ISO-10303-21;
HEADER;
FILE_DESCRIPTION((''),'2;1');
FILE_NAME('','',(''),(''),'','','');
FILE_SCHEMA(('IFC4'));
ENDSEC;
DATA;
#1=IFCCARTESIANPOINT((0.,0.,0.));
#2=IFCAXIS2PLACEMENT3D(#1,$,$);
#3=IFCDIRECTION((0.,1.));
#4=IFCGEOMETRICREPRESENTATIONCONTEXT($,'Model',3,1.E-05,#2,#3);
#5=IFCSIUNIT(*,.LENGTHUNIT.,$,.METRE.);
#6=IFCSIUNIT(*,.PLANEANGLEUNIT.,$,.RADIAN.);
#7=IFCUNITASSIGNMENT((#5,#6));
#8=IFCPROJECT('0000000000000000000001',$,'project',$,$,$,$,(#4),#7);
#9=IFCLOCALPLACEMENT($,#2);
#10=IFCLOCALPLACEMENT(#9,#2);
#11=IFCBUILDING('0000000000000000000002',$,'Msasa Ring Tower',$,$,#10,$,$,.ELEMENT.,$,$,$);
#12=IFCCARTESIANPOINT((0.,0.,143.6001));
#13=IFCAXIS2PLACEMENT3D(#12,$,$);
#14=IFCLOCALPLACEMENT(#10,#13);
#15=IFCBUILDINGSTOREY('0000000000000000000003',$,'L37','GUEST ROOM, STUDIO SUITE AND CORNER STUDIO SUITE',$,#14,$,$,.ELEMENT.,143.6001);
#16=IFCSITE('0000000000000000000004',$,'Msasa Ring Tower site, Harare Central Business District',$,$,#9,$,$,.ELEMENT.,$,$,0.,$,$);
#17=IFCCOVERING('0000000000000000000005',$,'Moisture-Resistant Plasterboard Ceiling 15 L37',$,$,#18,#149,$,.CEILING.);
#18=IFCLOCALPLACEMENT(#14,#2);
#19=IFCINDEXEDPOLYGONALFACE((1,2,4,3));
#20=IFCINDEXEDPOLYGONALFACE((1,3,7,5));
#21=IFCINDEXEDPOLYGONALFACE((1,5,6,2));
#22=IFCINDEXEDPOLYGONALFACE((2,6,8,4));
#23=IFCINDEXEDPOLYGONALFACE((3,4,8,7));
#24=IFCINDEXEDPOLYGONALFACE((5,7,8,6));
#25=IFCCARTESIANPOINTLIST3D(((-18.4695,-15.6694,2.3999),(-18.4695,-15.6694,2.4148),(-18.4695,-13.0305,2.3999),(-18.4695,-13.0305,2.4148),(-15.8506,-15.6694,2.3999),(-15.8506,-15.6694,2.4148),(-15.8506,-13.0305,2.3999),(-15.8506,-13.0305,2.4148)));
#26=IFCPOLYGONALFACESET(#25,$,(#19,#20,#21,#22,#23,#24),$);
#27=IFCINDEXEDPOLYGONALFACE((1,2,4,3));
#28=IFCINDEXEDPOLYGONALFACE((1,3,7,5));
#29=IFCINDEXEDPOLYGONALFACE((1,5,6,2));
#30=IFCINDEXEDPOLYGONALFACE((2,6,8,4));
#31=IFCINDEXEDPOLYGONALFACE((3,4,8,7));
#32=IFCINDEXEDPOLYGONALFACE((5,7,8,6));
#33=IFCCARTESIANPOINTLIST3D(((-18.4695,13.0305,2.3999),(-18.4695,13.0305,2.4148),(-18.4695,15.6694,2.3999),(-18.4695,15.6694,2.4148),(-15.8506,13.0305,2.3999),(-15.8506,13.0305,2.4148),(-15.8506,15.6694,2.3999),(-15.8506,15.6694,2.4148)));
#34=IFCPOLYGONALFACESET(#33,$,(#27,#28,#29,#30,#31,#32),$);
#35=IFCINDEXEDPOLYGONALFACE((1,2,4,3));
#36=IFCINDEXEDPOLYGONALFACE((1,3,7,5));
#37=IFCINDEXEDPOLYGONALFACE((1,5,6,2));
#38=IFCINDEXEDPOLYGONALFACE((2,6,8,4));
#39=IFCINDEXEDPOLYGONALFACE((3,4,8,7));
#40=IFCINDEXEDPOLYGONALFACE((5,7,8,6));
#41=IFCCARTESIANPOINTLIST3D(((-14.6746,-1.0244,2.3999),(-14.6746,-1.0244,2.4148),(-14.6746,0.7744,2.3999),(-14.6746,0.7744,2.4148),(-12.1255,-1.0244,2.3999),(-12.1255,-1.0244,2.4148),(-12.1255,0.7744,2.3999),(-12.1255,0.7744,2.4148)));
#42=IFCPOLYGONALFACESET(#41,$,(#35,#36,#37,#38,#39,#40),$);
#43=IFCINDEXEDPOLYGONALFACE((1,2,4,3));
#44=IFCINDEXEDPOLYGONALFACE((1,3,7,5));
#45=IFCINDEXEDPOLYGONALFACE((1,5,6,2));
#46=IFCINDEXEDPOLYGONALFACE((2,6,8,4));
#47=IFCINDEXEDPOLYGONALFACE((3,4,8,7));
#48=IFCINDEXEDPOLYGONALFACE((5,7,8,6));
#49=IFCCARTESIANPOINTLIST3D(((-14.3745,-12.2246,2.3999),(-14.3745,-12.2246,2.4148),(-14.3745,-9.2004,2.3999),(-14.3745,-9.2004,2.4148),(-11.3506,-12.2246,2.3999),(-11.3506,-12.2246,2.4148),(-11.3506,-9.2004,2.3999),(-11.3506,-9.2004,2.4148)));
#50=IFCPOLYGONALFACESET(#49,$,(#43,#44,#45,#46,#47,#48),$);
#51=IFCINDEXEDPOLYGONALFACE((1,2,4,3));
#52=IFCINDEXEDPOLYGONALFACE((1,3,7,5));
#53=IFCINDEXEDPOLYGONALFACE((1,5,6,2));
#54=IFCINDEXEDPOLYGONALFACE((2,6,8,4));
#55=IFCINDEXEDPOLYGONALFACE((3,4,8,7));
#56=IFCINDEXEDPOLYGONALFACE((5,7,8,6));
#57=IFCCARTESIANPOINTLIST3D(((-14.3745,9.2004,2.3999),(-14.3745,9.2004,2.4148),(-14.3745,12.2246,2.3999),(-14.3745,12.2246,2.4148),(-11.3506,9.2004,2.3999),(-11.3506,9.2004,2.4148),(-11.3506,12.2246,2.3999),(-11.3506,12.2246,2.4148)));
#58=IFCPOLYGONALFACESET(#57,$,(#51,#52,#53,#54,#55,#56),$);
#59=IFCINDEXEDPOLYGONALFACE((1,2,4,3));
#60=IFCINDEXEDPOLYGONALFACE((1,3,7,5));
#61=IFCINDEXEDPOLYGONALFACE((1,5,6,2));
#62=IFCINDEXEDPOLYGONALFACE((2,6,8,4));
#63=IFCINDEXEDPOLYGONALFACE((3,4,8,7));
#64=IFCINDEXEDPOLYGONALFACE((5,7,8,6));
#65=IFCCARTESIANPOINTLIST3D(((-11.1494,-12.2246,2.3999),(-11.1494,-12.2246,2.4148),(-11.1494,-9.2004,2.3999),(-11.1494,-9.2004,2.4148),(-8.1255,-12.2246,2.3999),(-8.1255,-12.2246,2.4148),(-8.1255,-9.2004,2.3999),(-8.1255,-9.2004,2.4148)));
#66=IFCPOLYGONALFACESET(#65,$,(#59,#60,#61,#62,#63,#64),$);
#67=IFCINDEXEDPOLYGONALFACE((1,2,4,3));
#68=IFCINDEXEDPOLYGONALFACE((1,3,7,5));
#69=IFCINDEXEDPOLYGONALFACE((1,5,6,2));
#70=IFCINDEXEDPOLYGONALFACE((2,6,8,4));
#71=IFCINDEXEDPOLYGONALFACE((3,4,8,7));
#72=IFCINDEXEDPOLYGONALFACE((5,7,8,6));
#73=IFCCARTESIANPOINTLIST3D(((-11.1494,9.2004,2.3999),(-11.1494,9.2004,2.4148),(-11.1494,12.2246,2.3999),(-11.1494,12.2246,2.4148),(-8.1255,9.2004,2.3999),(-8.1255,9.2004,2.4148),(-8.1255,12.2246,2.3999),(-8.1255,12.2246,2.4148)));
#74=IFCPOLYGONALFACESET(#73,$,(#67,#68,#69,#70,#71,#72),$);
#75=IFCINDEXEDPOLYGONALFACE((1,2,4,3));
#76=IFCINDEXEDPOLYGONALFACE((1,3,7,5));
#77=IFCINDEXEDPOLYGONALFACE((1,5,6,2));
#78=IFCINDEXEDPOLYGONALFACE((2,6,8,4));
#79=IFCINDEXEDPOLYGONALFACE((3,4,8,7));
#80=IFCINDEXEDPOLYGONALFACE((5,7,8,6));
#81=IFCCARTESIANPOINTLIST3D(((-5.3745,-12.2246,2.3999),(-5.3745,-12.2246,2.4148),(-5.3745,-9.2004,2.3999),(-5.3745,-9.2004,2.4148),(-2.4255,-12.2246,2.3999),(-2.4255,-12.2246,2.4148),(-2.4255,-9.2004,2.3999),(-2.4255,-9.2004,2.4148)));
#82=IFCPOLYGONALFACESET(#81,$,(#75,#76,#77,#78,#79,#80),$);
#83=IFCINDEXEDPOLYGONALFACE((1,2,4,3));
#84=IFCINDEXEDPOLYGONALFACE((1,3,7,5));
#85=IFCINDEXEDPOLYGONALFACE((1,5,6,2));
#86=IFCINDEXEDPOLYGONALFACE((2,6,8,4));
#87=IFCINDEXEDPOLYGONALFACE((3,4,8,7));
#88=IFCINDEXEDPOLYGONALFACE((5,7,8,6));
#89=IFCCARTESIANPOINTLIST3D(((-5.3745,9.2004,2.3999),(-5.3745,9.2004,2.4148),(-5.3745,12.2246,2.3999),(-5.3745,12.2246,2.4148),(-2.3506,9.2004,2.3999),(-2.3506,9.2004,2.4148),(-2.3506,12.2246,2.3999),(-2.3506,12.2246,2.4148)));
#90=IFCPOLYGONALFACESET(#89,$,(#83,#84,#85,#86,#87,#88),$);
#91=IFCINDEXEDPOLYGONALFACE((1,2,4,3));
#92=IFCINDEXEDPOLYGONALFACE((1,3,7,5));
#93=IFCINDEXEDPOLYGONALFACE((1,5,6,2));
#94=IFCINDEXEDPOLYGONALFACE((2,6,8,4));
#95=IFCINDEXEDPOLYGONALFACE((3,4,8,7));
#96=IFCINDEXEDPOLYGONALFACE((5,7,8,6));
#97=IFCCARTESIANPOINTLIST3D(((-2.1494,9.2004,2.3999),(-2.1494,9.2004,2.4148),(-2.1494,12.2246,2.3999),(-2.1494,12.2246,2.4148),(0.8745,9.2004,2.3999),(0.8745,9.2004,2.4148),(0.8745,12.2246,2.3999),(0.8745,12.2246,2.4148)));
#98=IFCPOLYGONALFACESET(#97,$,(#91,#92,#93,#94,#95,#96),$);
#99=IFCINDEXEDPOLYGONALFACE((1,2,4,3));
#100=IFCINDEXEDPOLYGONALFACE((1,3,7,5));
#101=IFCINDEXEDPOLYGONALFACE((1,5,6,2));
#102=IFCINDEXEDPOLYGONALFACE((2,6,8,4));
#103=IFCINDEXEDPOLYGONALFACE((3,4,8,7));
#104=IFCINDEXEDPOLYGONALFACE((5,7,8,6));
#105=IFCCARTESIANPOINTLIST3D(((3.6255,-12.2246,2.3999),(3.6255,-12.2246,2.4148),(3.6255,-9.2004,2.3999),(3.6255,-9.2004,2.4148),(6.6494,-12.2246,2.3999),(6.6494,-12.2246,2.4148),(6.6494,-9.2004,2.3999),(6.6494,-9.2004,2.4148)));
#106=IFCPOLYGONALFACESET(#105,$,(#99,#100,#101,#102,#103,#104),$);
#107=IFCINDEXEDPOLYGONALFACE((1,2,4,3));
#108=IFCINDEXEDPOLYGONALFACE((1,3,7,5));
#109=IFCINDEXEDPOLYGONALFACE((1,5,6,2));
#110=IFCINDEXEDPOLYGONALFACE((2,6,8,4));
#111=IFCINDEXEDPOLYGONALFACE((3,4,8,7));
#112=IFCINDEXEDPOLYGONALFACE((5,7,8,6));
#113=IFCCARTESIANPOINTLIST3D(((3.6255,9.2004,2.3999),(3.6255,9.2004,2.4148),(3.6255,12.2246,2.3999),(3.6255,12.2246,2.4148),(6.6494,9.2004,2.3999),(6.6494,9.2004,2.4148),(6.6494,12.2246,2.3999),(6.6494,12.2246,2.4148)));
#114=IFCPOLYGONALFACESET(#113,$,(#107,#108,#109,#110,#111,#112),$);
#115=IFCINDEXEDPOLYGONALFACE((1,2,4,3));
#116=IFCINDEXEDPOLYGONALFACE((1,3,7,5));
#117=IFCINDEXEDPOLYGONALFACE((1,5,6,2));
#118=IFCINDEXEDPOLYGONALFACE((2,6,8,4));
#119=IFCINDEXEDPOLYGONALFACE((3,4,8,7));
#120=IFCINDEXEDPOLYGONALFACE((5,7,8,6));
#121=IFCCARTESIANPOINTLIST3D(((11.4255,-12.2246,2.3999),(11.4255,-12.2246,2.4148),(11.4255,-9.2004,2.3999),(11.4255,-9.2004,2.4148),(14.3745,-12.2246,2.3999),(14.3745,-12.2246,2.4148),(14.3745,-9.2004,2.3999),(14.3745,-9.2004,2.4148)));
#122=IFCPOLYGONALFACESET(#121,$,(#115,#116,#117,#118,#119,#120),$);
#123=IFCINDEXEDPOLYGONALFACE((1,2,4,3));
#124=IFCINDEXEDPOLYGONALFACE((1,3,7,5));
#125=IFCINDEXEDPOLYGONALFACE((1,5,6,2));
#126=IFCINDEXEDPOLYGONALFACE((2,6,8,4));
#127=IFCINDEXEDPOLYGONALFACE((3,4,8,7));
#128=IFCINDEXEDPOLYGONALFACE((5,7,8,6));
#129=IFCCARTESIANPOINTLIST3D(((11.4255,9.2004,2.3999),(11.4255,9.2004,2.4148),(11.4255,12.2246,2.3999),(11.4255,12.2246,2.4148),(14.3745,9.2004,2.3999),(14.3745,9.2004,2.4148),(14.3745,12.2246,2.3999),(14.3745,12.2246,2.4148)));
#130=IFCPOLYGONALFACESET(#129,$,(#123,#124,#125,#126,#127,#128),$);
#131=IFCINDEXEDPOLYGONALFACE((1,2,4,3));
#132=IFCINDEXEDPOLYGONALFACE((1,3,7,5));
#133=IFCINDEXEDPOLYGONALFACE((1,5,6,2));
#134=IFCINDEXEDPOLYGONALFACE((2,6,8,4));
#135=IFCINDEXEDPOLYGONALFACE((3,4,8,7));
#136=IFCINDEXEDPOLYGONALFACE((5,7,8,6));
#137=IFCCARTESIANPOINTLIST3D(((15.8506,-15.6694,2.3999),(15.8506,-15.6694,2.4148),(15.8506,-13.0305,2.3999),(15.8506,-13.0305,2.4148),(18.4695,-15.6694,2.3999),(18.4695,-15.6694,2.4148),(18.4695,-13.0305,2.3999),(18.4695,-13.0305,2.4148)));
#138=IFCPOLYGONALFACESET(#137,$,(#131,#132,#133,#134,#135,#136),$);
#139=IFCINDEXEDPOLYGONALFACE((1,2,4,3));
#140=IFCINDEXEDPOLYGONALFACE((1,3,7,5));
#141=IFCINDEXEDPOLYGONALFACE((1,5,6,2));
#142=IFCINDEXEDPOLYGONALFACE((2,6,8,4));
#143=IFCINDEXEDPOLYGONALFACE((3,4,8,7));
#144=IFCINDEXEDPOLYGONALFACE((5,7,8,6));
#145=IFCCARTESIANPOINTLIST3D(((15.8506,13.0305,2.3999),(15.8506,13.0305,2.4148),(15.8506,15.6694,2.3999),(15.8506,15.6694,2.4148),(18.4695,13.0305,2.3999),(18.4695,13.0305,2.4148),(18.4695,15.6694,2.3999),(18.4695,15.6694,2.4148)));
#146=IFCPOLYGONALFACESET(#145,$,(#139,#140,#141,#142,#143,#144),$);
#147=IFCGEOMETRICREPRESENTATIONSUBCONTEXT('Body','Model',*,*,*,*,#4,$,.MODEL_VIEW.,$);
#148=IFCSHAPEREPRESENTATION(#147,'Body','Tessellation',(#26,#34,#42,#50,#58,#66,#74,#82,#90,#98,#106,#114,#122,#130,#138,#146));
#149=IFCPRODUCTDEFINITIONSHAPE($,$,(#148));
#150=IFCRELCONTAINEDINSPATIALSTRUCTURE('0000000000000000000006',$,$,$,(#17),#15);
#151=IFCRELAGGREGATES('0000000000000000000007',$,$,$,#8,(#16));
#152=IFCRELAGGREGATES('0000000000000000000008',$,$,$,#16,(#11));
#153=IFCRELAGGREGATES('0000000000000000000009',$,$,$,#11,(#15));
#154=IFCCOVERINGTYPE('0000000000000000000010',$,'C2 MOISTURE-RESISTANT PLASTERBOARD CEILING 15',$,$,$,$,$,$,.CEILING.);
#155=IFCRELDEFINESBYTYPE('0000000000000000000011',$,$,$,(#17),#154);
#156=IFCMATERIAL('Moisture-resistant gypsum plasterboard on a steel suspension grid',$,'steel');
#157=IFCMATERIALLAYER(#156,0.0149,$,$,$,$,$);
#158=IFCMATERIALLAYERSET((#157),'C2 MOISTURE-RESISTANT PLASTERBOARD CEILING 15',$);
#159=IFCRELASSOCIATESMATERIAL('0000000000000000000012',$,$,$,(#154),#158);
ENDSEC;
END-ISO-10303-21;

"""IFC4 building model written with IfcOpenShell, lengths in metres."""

from ifc_helpers import new_model, si_unit, direction, frame, origin, place, context, subcontext, project, spatial, line, indexed_curve, outline, extrude, material, layer, layer_set, type_object, element, save


model = new_model("IFC4")

# Units and contexts
model_context = context("Model", 3, precision=1e-05, world=origin(), true_north=direction((0.0, 1.0)))
body_context = subcontext(model_context, "Body", "Model", "MODEL_VIEW")
ifc_project = project(units=[si_unit("LENGTHUNIT", "METRE"), si_unit("PLANEANGLEUNIT", "RADIAN")], contexts=[model_context])

# Site, building, storey
site_placement = place(None, origin())
site = spatial("IfcSite", under=ifc_project, at=site_placement, Name="Msasa Ring Tower site, Harare Central Business District", CompositionType="ELEMENT", RefElevation=0.0)
building_placement = place(site_placement, origin())
building = spatial("IfcBuilding", under=site, at=building_placement, Name="Msasa Ring Tower", CompositionType="ELEMENT")
storey_placement = place(building_placement, frame((0.0, 0.0, 143.6001)))
storey = spatial("IfcBuildingStorey", under=building, at=storey_placement, Name="L37", Description="GUEST ROOM, STUDIO SUITE AND CORNER STUDIO SUITE", CompositionType="ELEMENT", Elevation=143.6001)

# Covering
ifc_material_1 = material(Name="Moisture-resistant gypsum plasterboard on a steel suspension grid", Category="steel")
ifc_layer_1 = layer(ifc_material_1, 0.0149)
ifc_layer_set_1 = layer_set([ifc_layer_1], Name="C2 MOISTURE-RESISTANT PLASTERBOARD CEILING 15")
covering_type_1 = type_object("IfcCoveringType", Name="C2 MOISTURE-RESISTANT PLASTERBOARD CEILING 15", PredefinedType="CEILING", material=ifc_layer_set_1)
covering_1_placement = place(storey_placement, frame((0.0, 0.0, 2.3999)))
element("IfcCovering", 1, at=covering_1_placement, inside=storey, type_object=covering_type_1, Name="Moisture-Resistant Plasterboard Ceiling 15 L37", PredefinedType="CEILING", context=body_context, shape_type="SweptSolid", body=[
    extrude(outline(indexed_curve([(-18.4695, -13.0305), (-15.8506, -13.0305), (-15.8506, -15.6694), (-18.4695, -15.6694)], segments=[line(1, 2, 3, 4, 1)], self_intersect=False)), origin(), (0.0, 0.0, 1.0), 0.0149),
    extrude(outline(indexed_curve([(-18.4695, 15.6694), (-15.8506, 15.6694), (-15.8506, 13.0305), (-18.4695, 13.0305)], segments=[line(1, 2, 3, 4, 1)], self_intersect=False)), origin(), (0.0, 0.0, 1.0), 0.0149),
    extrude(outline(indexed_curve([(-14.6746, 0.7744), (-12.1255, 0.7744), (-12.1255, -1.0244), (-14.6746, -1.0244)], segments=[line(1, 2, 3, 4, 1)], self_intersect=False)), origin(), (0.0, 0.0, 1.0), 0.0149),
    extrude(outline(indexed_curve([(-11.3506, -9.2004), (-11.3506, -12.2246), (-14.3745, -12.2246), (-14.3745, -9.2004)], segments=[line(1, 2, 3, 4, 1)], self_intersect=False)), origin(), (0.0, 0.0, 1.0), 0.0149),
    extrude(outline(indexed_curve([(-11.3506, 9.2004), (-14.3745, 9.2004), (-14.3745, 12.2246), (-11.3506, 12.2246)], segments=[line(1, 2, 3, 4, 1)], self_intersect=False)), origin(), (0.0, 0.0, 1.0), 0.0149),
    extrude(outline(indexed_curve([(-11.1494, -9.2004), (-8.1255, -9.2004), (-8.1255, -12.2246), (-11.1494, -12.2246)], segments=[line(1, 2, 3, 4, 1)], self_intersect=False)), origin(), (0.0, 0.0, 1.0), 0.0149),
    extrude(outline(indexed_curve([(-11.1494, 12.2246), (-8.1255, 12.2246), (-8.1255, 9.2004), (-11.1494, 9.2004)], segments=[line(1, 2, 3, 4, 1)], self_intersect=False)), origin(), (0.0, 0.0, 1.0), 0.0149),
    extrude(outline(indexed_curve([(-2.4255, -9.2004), (-2.4255, -12.2246), (-5.3745, -12.2246), (-5.3745, -9.2004)], segments=[line(1, 2, 3, 4, 1)], self_intersect=False)), origin(), (0.0, 0.0, 1.0), 0.0149),
    extrude(outline(indexed_curve([(-2.3506, 9.2004), (-5.3745, 9.2004), (-5.3745, 12.2246), (-2.3506, 12.2246)], segments=[line(1, 2, 3, 4, 1)], self_intersect=False)), origin(), (0.0, 0.0, 1.0), 0.0149),
    extrude(outline(indexed_curve([(-2.1494, 12.2246), (0.8745, 12.2246), (0.8745, 9.2004), (-2.1494, 9.2004)], segments=[line(1, 2, 3, 4, 1)], self_intersect=False)), origin(), (0.0, 0.0, 1.0), 0.0149),
    extrude(outline(indexed_curve([(6.6494, -9.2004), (6.6494, -12.2246), (3.6255, -12.2246), (3.6255, -9.2004)], segments=[line(1, 2, 3, 4, 1)], self_intersect=False)), origin(), (0.0, 0.0, 1.0), 0.0149),
    extrude(outline(indexed_curve([(6.6494, 9.2004), (3.6255, 9.2004), (3.6255, 12.2246), (6.6494, 12.2246)], segments=[line(1, 2, 3, 4, 1)], self_intersect=False)), origin(), (0.0, 0.0, 1.0), 0.0149),
    extrude(outline(indexed_curve([(14.3745, -9.2004), (14.3745, -12.2246), (11.4255, -12.2246), (11.4255, -9.2004)], segments=[line(1, 2, 3, 4, 1)], self_intersect=False)), origin(), (0.0, 0.0, 1.0), 0.0149),
    extrude(outline(indexed_curve([(11.4255, 9.2004), (11.4255, 12.2246), (14.3745, 12.2246), (14.3745, 9.2004)], segments=[line(1, 2, 3, 4, 1)], self_intersect=False)), origin(), (0.0, 0.0, 1.0), 0.0149),
    extrude(outline(indexed_curve([(15.8506, -13.0305), (18.4695, -13.0305), (18.4695, -15.6694), (15.8506, -15.6694)], segments=[line(1, 2, 3, 4, 1)], self_intersect=False)), origin(), (0.0, 0.0, 1.0), 0.0149),
    extrude(outline(indexed_curve([(15.8506, 15.6694), (18.4695, 15.6694), (18.4695, 13.0305), (15.8506, 13.0305)], segments=[line(1, 2, 3, 4, 1)], self_intersect=False)), origin(), (0.0, 0.0, 1.0), 0.0149),
])

save(model, "model.ifc")
